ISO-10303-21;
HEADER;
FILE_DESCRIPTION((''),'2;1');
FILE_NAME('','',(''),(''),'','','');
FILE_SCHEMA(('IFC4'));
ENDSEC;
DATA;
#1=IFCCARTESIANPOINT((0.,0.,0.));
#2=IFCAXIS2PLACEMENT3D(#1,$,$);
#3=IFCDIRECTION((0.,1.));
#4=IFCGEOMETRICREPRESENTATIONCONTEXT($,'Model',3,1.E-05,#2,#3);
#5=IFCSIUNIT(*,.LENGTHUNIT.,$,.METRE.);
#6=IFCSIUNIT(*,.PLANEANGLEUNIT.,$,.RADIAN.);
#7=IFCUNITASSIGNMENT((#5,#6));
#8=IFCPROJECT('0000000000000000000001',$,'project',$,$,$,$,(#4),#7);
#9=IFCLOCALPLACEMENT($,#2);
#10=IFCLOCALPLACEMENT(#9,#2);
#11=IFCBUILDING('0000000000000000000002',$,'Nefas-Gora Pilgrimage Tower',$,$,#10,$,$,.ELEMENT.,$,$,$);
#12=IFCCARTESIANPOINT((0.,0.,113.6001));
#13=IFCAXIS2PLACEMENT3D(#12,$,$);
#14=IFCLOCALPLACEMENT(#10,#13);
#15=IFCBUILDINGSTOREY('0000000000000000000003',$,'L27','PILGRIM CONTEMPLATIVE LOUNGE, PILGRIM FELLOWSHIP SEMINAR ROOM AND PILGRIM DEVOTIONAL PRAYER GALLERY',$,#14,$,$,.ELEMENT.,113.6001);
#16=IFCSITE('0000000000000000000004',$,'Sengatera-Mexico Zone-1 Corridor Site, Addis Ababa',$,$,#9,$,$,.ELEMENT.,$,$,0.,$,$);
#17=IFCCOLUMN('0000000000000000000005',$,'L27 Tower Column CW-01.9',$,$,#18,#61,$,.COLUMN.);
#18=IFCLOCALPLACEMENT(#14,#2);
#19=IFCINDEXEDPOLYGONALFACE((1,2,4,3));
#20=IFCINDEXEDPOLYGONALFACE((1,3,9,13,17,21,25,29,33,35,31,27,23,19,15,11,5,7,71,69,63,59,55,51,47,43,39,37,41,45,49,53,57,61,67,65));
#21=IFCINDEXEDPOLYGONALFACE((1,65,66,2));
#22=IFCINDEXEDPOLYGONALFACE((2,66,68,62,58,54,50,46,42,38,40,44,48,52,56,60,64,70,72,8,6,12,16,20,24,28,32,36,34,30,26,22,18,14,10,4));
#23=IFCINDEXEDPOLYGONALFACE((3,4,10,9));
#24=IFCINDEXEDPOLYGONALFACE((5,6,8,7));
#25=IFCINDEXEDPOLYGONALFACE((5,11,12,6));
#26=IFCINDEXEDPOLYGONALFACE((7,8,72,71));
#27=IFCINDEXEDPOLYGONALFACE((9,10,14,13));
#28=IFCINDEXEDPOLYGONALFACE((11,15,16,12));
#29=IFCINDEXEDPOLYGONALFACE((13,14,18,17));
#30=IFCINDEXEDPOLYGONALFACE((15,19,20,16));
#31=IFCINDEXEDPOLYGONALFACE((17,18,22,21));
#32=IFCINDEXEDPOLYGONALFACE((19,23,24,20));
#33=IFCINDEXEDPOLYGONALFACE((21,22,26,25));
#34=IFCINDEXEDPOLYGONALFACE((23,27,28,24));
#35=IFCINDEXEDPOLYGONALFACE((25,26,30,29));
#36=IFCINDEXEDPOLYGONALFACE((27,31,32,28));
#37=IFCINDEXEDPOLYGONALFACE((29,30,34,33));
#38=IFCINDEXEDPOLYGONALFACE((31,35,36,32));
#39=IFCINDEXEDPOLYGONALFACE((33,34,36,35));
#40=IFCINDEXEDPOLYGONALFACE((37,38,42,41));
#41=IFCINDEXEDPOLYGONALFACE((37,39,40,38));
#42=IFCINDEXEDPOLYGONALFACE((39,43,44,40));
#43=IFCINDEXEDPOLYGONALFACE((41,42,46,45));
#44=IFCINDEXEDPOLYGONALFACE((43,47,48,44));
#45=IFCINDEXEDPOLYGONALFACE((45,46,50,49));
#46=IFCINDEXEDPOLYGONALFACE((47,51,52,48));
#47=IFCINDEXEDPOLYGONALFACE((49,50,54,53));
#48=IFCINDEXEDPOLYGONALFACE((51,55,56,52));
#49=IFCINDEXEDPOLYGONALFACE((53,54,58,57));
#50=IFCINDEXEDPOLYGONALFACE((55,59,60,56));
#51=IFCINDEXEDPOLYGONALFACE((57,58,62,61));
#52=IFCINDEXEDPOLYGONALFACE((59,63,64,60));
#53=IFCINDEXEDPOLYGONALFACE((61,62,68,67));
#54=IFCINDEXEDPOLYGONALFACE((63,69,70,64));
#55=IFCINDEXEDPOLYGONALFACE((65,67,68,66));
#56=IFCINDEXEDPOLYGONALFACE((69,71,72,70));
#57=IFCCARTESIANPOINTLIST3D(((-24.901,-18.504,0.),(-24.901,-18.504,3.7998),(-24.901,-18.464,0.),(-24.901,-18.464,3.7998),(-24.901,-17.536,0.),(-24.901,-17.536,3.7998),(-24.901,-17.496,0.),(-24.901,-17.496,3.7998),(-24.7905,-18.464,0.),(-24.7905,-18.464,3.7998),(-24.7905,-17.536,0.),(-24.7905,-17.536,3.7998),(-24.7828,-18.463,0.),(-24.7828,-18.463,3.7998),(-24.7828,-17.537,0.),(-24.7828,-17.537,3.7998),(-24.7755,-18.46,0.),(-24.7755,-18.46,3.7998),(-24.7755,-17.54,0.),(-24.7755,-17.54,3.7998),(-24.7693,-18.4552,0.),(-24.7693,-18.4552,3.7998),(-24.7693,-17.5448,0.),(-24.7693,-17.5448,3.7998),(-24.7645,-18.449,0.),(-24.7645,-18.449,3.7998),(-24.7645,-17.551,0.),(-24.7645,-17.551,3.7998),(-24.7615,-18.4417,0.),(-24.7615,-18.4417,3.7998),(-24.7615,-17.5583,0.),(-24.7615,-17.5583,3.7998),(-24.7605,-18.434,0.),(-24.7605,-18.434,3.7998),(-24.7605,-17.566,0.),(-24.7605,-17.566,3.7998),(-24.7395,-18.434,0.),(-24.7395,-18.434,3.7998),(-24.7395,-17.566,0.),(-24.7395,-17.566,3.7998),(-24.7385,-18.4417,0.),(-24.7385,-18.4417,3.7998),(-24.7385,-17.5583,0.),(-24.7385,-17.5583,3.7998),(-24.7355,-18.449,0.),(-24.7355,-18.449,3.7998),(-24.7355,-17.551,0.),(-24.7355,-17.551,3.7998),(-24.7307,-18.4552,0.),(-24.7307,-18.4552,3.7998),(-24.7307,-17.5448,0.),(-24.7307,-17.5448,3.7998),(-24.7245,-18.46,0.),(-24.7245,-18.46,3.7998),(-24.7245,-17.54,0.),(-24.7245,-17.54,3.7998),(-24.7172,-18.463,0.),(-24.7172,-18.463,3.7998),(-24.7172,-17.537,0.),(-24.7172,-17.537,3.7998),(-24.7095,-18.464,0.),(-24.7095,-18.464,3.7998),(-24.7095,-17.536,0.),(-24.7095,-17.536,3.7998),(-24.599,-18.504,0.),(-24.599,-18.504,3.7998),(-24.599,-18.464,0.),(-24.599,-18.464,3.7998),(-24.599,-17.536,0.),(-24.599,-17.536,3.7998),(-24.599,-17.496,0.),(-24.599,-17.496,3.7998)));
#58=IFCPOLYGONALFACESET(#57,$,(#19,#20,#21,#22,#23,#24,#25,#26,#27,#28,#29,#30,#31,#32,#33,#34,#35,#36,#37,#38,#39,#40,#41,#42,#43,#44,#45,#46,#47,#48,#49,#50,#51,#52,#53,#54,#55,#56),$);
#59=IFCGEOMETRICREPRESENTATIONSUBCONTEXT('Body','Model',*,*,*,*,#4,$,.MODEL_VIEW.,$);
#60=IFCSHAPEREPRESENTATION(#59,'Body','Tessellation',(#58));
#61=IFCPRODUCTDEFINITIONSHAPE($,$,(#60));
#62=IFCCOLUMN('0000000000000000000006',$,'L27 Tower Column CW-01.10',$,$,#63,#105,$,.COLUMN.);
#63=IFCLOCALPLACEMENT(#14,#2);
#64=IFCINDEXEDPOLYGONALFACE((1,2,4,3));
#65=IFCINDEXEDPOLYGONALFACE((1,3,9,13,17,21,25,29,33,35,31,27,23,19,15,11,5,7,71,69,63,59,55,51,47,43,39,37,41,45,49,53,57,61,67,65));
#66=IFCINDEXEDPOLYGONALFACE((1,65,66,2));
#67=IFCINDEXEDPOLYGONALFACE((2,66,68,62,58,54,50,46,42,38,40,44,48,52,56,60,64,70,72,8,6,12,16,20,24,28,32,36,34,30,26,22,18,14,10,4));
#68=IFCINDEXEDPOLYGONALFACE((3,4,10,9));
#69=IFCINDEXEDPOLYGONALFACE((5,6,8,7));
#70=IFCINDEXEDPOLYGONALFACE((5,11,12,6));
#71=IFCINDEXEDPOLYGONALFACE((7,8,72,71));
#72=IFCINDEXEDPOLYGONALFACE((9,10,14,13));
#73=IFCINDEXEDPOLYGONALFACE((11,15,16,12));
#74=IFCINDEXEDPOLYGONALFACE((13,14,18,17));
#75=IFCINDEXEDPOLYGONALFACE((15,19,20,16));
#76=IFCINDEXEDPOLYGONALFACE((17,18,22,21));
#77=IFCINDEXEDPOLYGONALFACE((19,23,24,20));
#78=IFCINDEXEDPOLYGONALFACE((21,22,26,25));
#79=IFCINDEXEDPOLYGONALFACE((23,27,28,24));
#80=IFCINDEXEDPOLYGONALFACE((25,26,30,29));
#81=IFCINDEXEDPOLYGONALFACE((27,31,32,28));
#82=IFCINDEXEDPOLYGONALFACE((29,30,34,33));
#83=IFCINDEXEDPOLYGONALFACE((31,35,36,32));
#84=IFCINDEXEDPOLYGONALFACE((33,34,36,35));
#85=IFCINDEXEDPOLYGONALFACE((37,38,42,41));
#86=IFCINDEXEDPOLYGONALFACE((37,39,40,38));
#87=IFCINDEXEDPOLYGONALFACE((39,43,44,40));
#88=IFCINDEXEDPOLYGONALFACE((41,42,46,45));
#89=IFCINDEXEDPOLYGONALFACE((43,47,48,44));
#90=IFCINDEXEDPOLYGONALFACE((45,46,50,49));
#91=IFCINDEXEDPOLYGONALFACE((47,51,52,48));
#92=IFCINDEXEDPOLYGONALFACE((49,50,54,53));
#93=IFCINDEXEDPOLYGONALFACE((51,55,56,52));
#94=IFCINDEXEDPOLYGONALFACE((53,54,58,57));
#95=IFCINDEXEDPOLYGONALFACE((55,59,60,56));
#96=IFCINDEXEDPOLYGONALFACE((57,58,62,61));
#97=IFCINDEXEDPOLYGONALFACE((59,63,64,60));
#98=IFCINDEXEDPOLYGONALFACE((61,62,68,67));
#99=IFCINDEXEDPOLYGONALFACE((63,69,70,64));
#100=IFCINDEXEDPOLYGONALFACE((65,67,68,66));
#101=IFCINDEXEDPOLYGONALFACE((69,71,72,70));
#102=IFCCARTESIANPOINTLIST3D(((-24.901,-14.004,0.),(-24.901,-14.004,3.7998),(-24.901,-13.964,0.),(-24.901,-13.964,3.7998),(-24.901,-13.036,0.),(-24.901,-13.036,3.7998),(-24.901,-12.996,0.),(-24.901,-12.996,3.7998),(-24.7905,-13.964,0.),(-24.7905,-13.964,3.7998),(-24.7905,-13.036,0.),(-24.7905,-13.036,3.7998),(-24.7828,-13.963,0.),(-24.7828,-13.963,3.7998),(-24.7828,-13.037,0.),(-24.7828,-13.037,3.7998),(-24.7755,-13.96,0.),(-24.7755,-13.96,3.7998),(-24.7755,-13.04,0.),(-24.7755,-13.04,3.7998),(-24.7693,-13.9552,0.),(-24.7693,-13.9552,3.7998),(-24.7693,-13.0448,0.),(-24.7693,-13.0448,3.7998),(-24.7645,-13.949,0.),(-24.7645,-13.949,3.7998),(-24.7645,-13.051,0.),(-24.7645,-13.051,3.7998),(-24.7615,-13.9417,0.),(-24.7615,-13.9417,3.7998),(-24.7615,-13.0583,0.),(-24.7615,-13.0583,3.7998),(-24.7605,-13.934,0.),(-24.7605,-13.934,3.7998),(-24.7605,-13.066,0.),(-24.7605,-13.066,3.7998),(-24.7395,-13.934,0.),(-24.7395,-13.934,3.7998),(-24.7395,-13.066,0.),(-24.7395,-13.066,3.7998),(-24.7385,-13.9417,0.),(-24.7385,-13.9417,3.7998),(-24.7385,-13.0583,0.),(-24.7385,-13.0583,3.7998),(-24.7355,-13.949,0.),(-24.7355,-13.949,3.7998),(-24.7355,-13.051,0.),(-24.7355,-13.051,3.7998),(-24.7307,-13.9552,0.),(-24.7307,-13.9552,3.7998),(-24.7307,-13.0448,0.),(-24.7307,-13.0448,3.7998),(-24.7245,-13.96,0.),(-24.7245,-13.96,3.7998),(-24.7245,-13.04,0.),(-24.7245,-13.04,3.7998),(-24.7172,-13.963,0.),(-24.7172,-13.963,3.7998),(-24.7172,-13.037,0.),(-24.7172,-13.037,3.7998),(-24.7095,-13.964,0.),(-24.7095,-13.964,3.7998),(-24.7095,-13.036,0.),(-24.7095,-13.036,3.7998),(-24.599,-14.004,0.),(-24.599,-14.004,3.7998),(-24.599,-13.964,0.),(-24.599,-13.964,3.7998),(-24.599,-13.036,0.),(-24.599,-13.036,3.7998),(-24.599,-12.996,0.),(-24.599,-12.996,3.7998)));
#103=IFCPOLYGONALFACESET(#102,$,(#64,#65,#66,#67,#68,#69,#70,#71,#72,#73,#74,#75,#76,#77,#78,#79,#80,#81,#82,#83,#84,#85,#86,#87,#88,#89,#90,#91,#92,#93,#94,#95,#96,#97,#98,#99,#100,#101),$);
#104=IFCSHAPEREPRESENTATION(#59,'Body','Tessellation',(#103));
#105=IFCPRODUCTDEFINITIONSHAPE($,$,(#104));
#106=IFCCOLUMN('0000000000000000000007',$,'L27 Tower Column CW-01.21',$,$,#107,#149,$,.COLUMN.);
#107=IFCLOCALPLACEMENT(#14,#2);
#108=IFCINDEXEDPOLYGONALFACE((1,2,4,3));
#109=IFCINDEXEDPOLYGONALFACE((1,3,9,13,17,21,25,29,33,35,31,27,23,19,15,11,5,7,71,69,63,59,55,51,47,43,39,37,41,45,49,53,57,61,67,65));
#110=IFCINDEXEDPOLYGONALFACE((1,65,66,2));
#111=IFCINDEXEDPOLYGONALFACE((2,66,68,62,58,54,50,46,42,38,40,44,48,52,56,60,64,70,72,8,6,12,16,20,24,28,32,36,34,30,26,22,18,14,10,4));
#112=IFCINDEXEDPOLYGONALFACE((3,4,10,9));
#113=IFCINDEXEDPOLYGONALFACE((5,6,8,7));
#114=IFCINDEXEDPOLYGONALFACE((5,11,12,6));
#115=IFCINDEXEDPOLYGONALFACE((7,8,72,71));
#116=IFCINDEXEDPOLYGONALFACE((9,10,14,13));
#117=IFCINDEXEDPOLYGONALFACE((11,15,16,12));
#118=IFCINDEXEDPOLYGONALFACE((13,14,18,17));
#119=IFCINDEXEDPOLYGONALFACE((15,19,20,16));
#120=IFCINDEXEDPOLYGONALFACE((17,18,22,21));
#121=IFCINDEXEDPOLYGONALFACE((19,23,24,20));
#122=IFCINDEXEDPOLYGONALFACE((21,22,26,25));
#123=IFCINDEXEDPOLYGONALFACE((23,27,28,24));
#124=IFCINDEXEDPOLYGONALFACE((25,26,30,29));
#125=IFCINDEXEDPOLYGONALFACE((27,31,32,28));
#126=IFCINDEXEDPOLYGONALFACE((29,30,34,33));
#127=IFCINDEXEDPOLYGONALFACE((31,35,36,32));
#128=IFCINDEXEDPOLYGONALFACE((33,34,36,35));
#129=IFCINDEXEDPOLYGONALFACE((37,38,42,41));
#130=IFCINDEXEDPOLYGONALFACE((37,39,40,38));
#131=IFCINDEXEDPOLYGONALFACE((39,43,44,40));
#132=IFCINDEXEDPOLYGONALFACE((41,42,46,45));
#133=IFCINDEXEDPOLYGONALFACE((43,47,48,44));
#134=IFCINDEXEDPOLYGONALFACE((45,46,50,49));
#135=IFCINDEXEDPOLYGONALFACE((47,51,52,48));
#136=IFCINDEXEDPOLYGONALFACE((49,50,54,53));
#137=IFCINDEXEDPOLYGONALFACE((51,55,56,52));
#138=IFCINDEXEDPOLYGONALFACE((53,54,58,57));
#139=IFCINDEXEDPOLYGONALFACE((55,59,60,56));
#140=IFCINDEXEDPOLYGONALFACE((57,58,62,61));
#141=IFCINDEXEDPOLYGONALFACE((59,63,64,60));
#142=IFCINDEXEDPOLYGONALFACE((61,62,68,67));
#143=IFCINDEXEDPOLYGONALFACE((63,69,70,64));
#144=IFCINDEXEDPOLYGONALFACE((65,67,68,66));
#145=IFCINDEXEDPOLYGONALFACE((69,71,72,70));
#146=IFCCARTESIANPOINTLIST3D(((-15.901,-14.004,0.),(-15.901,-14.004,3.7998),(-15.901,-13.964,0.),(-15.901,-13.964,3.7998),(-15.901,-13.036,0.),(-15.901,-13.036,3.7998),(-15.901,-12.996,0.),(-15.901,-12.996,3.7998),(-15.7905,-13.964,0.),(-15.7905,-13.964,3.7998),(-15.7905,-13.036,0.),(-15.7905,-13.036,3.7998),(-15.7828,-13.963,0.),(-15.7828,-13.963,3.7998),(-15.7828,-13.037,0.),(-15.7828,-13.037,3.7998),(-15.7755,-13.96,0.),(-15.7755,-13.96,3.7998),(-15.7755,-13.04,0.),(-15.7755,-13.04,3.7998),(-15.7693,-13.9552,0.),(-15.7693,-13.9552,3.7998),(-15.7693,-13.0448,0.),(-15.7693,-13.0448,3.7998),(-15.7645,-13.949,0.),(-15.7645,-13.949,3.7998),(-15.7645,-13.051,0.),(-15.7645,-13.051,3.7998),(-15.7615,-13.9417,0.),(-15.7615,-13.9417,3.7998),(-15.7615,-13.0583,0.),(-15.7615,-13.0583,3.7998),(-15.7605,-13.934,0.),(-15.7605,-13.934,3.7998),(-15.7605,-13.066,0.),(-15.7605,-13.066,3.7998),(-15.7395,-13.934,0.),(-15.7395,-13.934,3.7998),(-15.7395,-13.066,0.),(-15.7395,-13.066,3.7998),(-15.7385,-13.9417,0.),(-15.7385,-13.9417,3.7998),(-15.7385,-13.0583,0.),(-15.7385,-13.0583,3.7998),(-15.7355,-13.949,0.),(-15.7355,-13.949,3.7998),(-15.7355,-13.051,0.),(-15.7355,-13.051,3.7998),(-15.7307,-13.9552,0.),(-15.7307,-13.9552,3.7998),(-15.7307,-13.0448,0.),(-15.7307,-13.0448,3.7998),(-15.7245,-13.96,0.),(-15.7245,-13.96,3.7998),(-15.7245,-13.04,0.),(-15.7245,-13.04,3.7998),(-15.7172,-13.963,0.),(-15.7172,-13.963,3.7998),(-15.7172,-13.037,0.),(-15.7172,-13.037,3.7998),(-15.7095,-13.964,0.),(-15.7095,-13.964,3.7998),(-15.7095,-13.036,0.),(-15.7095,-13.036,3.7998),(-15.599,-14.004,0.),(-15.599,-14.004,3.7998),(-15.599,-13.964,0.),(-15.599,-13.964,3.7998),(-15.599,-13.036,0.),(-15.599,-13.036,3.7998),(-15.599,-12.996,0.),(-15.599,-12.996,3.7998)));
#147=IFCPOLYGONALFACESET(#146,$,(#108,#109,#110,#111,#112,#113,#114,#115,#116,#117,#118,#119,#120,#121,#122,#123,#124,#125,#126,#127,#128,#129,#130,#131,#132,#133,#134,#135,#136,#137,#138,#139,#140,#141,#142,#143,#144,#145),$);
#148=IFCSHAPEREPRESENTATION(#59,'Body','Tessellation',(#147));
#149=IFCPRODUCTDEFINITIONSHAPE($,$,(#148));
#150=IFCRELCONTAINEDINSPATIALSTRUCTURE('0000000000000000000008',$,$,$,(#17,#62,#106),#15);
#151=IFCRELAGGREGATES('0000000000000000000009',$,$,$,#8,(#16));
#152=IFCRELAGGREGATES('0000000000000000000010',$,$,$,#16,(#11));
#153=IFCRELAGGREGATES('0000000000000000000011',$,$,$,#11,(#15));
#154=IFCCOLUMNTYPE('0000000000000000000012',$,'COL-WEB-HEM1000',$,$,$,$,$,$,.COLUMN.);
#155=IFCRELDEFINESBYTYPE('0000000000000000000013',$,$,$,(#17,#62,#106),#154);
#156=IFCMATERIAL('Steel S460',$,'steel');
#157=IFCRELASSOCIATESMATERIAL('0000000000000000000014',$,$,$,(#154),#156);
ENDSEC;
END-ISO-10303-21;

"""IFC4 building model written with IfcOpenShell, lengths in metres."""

from ifc_helpers import new_model, si_unit, direction, frame, origin, origin_2d, place, context, subcontext, project, spatial, i_section, extrude, source, transform, mapped, material, material_profile, profile_set, type_object, element, save


model = new_model("IFC4")

# Units and contexts
model_context = context("Model", 3, precision=1e-05, world=origin(), true_north=direction((0.0, 1.0)))
body_context = subcontext(model_context, "Body", "Model", "MODEL_VIEW")
ifc_project = project(units=[si_unit("LENGTHUNIT", "METRE"), si_unit("PLANEANGLEUNIT", "RADIAN")], contexts=[model_context])

# Site, building, storey
site_placement = place(None, origin())
site = spatial("IfcSite", under=ifc_project, at=site_placement, Name="Sengatera-Mexico Zone-1 Corridor Site, Addis Ababa", CompositionType="ELEMENT", RefElevation=0.0)
building_placement = place(site_placement, origin())
building = spatial("IfcBuilding", under=site, at=building_placement, Name="Nefas-Gora Pilgrimage Tower", CompositionType="ELEMENT")
storey_placement = place(building_placement, frame((0.0, 0.0, 113.6001)))
storey = spatial("IfcBuildingStorey", under=building, at=storey_placement, Name="L27", Description="PILGRIM CONTEMPLATIVE LOUNGE, PILGRIM FELLOWSHIP SEMINAR ROOM AND PILGRIM DEVOTIONAL PRAYER GALLERY", CompositionType="ELEMENT", Elevation=113.6001)

# Columns
ifc_material_1 = material(Name="Steel S460", Category="steel")
ifc_material_profile_1 = material_profile(ifc_material_1, i_section(OverallWidth=0.302, OverallDepth=1.0081, WebThickness=0.021, FlangeThickness=0.04, FilletRadius=0.03, at=origin_2d()), Name="HEM 1000")
ifc_profile_set_1 = profile_set([ifc_material_profile_1], Name="Steel S460")
column_type_1 = type_object("IfcColumnType", Name="COL-WEB-HEM1000", PredefinedType="COLUMN", material=ifc_profile_set_1)
shared_shape_1 = source(origin(), body_context, "Body", "SweptSolid", [
    extrude(i_section(OverallWidth=0.302, OverallDepth=1.0081, WebThickness=0.021, FlangeThickness=0.04, FilletRadius=0.03, at=origin_2d()), origin(), (0.0, 0.0, 1.0), 3.7998),
])
for number, where, z_axis, x_axis, name in (
    (1, (-24.75, -18.0, 0.0), (0.0, 0.0, 1.0), (1.0, 0.0, 0.0), "L27 Tower Column CW-01.9"),
    (2, (-24.75, -13.5, 0.0), (0.0, 0.0, 1.0), (1.0, 0.0, 0.0), "L27 Tower Column CW-01.10"),
    (3, (-15.75, -13.5, 0.0), (0.0, 0.0, 1.0), (1.0, 0.0, 0.0), "L27 Tower Column CW-01.21"),
):
    element("IfcColumn", number, at=place(storey_placement, frame(where, z_axis=z_axis, x_axis=x_axis)), inside=storey, type_object=column_type_1, Name=name, PredefinedType="COLUMN", context=body_context, shape_type="MappedRepresentation", body=[
        mapped(shared_shape_1, transform((0.0, 0.0, 0.0), x_axis=(1.0, 0.0, 0.0), y_axis=(0.0, 1.0, 0.0), z_axis=(0.0, 0.0, 1.0), scale=1.0)),
    ])

save(model, "model.ifc")
